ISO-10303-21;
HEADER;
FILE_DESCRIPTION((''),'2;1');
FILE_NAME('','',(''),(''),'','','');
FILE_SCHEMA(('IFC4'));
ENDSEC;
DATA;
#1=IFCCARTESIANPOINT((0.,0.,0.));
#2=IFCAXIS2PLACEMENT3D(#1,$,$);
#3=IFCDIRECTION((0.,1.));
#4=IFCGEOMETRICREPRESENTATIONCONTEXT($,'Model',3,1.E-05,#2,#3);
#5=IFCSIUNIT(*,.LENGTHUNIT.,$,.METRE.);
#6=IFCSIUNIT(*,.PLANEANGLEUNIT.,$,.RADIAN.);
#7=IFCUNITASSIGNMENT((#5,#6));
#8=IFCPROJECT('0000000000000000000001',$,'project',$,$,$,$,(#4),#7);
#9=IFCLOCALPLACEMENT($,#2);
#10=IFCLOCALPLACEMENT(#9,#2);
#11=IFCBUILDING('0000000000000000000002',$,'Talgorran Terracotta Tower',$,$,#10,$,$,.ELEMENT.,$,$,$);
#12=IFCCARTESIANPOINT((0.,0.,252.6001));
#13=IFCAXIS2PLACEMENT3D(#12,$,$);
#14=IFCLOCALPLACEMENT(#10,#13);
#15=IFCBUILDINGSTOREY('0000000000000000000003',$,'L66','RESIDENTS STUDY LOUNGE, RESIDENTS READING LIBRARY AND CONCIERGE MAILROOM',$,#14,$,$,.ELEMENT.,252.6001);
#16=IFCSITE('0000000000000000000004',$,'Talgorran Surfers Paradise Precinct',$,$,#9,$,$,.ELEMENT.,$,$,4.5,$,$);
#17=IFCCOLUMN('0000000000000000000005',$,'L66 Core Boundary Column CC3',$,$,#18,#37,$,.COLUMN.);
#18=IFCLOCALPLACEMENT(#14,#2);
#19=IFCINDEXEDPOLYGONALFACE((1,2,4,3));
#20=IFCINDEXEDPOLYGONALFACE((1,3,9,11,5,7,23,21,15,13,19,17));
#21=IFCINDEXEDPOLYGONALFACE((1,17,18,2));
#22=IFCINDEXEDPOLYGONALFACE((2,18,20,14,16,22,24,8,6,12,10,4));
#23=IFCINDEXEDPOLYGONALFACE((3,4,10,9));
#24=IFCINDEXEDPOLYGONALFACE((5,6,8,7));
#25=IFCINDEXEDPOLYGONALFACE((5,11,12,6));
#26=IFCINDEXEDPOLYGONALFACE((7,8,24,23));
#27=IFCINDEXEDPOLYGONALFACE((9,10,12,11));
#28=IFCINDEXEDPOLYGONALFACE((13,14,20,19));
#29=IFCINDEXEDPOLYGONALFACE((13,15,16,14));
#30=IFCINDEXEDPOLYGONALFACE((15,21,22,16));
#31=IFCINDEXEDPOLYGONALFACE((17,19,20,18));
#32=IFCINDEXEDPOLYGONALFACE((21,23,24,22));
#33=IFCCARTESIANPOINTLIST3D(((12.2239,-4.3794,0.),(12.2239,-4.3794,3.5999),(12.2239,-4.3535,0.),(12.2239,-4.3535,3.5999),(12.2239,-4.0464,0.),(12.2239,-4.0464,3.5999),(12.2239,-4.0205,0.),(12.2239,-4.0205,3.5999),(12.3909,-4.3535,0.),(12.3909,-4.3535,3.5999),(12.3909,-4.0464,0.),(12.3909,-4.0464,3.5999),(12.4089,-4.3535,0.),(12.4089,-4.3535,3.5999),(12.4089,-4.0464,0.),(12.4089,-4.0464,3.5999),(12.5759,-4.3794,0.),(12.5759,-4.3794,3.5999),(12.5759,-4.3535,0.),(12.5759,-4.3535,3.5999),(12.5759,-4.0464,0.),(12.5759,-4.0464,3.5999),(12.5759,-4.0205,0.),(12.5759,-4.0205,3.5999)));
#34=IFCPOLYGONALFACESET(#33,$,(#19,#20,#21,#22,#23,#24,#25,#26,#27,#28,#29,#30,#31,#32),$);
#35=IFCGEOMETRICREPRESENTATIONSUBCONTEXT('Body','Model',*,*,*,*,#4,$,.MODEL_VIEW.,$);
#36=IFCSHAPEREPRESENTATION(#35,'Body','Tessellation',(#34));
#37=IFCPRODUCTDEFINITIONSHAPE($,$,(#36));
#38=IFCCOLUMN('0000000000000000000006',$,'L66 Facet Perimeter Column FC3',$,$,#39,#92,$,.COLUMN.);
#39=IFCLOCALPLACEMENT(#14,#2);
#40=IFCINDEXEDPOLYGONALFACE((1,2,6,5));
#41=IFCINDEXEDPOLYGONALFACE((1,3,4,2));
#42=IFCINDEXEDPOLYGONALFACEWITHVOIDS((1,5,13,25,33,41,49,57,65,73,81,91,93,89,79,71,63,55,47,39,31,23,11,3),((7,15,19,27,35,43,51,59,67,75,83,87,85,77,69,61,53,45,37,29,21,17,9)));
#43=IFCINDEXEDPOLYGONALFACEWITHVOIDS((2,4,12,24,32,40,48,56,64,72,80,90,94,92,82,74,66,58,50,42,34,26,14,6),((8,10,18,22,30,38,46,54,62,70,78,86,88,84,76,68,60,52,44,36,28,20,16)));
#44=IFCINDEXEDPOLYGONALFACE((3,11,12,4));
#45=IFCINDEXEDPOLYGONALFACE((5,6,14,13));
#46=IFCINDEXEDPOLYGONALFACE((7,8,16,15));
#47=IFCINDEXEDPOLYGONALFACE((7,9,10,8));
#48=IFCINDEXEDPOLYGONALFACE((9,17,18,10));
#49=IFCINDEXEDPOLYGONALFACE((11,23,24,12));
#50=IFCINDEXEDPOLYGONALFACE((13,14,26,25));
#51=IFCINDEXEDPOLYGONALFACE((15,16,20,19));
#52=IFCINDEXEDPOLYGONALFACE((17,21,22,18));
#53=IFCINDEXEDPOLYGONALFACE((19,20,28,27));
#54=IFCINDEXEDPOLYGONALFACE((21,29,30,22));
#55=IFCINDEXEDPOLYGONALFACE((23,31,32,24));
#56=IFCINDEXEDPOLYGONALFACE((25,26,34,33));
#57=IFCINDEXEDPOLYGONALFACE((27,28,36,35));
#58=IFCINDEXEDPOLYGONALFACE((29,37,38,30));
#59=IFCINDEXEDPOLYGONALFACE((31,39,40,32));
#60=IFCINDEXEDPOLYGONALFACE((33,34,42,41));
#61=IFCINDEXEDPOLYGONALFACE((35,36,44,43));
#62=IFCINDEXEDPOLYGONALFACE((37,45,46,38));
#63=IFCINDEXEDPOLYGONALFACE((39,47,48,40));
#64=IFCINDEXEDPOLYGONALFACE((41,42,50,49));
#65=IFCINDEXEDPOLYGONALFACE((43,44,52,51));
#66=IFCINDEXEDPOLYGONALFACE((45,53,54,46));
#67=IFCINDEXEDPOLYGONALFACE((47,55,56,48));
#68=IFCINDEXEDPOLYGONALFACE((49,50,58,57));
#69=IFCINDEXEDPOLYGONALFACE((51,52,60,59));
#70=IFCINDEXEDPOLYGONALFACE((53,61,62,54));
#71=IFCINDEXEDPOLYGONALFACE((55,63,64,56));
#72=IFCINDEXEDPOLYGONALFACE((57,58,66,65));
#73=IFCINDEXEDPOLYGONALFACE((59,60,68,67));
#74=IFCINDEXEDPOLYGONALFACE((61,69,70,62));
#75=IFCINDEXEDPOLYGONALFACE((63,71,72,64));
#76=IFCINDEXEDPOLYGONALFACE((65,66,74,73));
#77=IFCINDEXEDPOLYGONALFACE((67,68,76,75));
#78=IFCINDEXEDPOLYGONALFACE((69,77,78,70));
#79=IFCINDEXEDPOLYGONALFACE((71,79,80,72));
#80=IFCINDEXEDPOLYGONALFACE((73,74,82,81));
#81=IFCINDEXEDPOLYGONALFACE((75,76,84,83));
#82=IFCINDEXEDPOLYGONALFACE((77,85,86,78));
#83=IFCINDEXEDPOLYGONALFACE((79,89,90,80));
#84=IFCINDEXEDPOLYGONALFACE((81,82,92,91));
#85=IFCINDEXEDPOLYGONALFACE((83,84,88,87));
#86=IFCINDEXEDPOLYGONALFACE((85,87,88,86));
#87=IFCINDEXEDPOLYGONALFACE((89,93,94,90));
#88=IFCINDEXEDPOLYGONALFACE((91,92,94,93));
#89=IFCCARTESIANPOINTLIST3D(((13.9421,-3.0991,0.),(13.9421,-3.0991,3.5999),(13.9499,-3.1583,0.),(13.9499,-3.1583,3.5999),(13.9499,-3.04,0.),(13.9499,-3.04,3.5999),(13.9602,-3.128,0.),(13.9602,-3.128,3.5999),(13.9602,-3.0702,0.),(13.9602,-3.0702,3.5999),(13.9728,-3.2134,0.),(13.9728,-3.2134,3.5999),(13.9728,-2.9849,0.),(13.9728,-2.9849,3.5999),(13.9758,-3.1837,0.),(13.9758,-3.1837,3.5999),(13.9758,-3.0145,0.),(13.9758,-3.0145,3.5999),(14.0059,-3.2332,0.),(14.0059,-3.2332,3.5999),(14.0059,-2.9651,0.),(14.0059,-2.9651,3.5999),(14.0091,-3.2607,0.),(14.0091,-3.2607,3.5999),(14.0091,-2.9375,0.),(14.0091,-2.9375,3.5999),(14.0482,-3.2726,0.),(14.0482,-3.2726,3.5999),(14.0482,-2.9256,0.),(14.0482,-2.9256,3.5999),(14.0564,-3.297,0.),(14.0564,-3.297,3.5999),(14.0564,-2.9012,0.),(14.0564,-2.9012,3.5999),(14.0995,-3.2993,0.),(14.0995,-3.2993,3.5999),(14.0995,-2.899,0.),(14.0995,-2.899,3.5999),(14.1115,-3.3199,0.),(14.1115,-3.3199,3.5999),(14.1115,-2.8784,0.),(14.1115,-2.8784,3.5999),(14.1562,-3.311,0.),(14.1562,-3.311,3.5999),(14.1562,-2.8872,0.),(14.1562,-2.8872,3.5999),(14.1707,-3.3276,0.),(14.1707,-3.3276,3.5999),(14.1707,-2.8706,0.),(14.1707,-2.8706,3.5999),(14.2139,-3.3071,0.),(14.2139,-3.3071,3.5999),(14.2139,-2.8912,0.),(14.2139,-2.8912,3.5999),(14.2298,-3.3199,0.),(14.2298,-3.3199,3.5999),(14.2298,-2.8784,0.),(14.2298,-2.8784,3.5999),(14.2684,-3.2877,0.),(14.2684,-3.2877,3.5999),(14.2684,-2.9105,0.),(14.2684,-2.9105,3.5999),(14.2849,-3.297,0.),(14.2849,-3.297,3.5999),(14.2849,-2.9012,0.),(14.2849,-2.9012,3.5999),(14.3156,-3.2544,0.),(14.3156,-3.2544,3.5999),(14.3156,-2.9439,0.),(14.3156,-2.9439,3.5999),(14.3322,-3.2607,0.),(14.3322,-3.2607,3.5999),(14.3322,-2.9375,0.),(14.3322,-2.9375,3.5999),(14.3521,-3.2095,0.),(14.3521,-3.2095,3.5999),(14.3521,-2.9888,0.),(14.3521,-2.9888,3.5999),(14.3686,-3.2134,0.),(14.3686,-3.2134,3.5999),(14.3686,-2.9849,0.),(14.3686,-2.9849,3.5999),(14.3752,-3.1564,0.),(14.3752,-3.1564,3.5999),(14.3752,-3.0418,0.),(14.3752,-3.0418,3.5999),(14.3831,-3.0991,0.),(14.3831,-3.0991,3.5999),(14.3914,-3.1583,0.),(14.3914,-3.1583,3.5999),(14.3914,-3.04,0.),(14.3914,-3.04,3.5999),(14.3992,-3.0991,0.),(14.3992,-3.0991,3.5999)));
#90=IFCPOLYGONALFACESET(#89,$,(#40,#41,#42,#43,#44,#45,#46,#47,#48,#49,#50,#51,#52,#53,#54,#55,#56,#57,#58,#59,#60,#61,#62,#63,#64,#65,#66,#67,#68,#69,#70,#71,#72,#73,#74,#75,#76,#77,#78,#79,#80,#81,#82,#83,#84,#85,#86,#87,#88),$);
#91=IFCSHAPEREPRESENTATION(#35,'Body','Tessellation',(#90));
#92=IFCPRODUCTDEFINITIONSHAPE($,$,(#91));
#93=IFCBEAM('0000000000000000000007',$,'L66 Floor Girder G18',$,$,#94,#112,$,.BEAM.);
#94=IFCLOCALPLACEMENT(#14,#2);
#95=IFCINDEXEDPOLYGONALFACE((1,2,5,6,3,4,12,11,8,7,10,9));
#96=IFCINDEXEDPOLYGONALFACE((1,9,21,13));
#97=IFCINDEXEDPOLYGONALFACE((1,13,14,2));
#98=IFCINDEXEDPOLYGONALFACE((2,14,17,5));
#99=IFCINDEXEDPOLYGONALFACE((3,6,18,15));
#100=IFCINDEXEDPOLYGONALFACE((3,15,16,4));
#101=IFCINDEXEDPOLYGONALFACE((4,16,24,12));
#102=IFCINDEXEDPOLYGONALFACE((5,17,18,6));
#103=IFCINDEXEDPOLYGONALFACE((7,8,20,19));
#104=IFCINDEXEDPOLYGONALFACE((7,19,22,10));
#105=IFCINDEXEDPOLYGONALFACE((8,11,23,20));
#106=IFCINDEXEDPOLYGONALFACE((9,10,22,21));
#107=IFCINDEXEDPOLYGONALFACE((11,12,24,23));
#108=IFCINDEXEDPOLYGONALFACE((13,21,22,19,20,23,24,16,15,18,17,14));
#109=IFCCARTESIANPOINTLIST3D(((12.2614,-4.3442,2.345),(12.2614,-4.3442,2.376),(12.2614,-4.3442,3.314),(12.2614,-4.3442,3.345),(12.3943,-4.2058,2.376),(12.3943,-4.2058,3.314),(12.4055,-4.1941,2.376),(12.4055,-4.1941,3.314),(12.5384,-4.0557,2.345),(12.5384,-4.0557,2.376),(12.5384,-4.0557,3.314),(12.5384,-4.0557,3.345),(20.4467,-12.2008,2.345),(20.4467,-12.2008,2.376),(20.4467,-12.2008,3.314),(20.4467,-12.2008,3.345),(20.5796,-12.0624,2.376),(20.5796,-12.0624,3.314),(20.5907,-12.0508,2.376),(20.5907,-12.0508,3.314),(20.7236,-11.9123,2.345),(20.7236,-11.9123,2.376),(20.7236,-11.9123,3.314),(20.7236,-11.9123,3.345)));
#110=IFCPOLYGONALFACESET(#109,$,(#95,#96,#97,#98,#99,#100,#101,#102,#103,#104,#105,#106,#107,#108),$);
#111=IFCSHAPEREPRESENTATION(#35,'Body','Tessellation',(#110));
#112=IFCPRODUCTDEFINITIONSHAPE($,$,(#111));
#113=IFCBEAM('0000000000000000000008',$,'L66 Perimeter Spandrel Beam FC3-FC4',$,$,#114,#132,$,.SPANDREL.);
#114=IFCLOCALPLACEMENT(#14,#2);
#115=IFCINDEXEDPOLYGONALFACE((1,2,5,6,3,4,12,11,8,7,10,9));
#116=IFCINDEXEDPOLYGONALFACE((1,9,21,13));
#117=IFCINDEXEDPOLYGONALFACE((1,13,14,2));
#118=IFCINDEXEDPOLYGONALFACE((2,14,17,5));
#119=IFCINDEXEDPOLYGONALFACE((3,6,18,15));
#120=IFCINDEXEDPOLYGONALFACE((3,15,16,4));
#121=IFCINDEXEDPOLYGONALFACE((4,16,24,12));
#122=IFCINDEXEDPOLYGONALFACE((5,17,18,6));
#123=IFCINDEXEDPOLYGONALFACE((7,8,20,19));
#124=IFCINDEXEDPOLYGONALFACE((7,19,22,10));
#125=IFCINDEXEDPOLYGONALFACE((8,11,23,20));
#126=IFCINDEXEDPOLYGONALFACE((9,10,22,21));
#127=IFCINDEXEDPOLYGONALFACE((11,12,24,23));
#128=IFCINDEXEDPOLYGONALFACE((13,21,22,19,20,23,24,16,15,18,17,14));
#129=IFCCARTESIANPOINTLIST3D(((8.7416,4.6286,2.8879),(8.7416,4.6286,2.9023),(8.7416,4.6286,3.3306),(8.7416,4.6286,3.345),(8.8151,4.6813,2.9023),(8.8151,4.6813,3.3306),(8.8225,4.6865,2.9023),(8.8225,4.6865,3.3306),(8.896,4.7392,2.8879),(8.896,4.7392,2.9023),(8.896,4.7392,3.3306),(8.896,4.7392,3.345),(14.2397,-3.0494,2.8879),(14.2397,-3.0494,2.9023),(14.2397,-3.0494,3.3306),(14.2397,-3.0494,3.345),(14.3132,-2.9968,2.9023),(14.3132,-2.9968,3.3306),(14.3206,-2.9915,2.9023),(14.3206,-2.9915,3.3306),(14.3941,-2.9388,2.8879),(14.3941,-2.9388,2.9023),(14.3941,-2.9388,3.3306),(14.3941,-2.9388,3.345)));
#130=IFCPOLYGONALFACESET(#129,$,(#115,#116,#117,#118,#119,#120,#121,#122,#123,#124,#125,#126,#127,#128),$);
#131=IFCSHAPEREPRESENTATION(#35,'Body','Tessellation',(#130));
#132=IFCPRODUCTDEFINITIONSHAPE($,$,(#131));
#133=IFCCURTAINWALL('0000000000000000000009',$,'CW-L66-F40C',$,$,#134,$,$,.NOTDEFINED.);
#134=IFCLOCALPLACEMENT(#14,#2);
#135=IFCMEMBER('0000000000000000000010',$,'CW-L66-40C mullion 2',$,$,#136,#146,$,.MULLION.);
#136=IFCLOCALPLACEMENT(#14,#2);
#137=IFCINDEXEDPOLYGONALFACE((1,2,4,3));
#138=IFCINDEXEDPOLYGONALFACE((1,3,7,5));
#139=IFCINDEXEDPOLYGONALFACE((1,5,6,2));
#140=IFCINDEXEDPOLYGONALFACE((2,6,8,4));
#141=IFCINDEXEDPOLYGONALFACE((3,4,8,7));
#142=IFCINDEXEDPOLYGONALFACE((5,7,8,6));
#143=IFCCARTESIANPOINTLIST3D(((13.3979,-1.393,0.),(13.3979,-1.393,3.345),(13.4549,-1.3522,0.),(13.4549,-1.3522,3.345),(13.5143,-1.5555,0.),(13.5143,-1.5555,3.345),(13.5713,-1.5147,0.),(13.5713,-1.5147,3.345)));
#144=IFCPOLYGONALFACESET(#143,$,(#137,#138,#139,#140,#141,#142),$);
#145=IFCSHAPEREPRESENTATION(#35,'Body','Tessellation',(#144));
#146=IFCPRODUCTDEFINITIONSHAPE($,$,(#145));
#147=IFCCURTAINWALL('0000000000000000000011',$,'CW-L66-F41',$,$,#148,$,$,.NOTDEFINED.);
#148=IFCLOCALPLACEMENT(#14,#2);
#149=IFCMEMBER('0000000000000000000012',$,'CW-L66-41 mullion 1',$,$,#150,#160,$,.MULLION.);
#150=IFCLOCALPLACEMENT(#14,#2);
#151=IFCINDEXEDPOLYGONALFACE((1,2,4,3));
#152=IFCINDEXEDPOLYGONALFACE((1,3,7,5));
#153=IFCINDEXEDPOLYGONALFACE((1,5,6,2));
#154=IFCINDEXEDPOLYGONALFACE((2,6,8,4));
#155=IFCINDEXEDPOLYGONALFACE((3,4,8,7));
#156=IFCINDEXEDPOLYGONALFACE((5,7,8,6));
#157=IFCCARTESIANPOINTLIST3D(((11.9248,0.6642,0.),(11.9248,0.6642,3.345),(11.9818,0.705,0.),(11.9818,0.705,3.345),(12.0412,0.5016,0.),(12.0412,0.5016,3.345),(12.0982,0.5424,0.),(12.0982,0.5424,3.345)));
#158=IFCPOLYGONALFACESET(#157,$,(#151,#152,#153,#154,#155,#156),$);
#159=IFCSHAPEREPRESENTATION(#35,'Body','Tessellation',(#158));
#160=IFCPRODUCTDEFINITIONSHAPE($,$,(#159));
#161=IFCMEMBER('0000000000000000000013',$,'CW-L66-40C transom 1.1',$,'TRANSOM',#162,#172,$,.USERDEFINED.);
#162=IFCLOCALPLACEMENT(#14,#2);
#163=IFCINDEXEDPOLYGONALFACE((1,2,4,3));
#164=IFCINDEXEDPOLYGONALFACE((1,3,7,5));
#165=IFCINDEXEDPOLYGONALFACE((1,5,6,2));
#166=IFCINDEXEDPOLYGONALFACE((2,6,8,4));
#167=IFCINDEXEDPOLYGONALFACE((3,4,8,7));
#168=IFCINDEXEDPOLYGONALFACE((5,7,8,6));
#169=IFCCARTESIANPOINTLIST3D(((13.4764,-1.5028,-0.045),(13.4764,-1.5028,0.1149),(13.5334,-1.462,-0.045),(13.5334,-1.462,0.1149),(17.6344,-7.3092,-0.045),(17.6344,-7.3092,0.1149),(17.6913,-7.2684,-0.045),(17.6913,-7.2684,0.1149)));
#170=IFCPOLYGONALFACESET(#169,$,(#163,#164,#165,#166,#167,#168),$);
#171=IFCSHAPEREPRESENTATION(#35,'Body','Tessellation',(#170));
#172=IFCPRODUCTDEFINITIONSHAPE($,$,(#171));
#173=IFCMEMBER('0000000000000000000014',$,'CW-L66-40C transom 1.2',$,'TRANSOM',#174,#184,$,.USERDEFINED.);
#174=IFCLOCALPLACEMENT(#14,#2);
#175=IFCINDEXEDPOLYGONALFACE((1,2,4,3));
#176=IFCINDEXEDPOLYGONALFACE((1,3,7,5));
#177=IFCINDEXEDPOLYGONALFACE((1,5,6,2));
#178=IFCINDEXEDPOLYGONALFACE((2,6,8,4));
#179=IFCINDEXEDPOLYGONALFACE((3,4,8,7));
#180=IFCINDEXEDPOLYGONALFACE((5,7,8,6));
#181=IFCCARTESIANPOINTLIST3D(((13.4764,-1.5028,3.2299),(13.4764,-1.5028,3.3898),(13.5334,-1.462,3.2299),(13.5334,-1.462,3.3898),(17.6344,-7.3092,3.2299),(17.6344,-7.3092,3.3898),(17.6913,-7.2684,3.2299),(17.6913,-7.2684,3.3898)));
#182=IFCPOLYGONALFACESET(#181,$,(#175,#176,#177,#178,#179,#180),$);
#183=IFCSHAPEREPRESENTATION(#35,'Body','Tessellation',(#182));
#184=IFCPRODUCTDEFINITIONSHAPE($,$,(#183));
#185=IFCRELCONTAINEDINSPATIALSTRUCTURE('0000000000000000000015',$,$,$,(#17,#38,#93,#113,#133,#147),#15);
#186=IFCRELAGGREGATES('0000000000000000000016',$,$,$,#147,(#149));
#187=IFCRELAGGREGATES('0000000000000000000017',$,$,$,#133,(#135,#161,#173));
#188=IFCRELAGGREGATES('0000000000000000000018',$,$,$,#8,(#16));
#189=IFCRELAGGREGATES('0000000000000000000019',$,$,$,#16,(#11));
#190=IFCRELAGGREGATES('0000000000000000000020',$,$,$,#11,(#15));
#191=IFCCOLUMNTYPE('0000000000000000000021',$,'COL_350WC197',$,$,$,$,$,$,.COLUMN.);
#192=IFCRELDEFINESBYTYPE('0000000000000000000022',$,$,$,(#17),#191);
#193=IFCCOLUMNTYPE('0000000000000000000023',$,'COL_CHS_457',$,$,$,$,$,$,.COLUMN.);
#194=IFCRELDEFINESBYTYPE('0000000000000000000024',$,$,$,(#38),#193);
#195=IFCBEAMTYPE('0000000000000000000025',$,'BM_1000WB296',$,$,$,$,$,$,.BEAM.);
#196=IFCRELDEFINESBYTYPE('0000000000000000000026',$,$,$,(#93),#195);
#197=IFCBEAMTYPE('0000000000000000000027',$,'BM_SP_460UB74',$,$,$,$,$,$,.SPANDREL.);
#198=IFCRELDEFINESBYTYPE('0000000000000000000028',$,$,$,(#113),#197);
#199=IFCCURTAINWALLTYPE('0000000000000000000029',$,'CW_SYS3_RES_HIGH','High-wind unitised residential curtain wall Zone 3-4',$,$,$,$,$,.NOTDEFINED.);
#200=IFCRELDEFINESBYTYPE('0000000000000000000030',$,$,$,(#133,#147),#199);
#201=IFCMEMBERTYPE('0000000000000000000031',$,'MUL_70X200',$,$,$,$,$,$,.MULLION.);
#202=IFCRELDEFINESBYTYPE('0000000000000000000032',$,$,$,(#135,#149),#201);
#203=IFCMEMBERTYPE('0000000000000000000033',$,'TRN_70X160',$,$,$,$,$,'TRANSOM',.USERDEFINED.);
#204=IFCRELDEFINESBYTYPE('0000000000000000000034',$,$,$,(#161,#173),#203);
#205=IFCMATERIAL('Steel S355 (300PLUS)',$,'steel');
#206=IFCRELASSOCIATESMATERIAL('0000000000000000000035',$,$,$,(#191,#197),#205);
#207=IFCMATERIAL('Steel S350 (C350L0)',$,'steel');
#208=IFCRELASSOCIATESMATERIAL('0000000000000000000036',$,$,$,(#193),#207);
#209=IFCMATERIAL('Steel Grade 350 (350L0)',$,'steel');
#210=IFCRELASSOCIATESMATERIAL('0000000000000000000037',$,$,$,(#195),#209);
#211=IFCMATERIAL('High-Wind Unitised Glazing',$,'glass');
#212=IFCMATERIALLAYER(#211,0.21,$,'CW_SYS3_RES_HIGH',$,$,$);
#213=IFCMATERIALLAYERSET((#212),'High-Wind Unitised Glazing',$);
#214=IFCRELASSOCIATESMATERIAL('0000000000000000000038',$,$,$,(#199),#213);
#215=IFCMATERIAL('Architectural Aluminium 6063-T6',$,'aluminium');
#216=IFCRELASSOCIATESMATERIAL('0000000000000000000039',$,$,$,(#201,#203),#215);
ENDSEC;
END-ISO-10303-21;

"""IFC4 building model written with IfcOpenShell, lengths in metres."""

from ifc_helpers import new_model, si_unit, direction, frame, origin, origin_2d, place, context, subcontext, project, spatial, rectangle, hollow_circle, i_section, extrude, material, layer, layer_set, material_profile, profile_set, type_object, element, aggregate, save


model = new_model("IFC4")

# Units and contexts
model_context = context("Model", 3, precision=1e-05, world=origin(), true_north=direction((0.0, 1.0)))
body_context = subcontext(model_context, "Body", "Model", "MODEL_VIEW")
ifc_project = project(units=[si_unit("LENGTHUNIT", "METRE"), si_unit("PLANEANGLEUNIT", "RADIAN")], contexts=[model_context])

# Site, building, storey
site_placement = place(None, origin())
site = spatial("IfcSite", under=ifc_project, at=site_placement, Name="Talgorran Surfers Paradise Precinct", CompositionType="ELEMENT", RefElevation=4.5)
building_placement = place(site_placement, origin())
building = spatial("IfcBuilding", under=site, at=building_placement, Name="Talgorran Terracotta Tower", CompositionType="ELEMENT")
storey_placement = place(building_placement, frame((0.0, 0.0, 252.6001)))
storey = spatial("IfcBuildingStorey", under=building, at=storey_placement, Name="L66", Description="RESIDENTS STUDY LOUNGE, RESIDENTS READING LIBRARY AND CONCIERGE MAILROOM", CompositionType="ELEMENT", Elevation=252.6001)

# Columns
ifc_material_1 = material(Name="Steel S355 (300PLUS)", Category="steel")
ifc_material_profile_1 = material_profile(ifc_material_1, i_section(OverallWidth=0.3521, OverallDepth=0.3589, WebThickness=0.0181, FlangeThickness=0.0259, at=origin_2d()), Name="350WC197")
ifc_profile_set_1 = profile_set([ifc_material_profile_1], Name="Steel S355 (300PLUS)")
column_type_1 = type_object("IfcColumnType", Name="COL_350WC197", PredefinedType="COLUMN", material=ifc_profile_set_1)
column_1_placement = place(storey_placement, frame((12.3999, -4.2, 0.0), z_axis=(0.0, 0.0, 1.0), x_axis=(1.0, 0.0, 0.0)))
element("IfcColumn", 1, at=column_1_placement, inside=storey, type_object=column_type_1, Name="L66 Core Boundary Column CC3", PredefinedType="COLUMN", context=body_context, shape_type="SweptSolid", body=[
    extrude(i_section(OverallWidth=0.3521, OverallDepth=0.3589, WebThickness=0.0181, FlangeThickness=0.0259, at=origin_2d()), origin(), (0.0, 0.0, 1.0), 3.5999),
])
ifc_material_2 = material(Name="Steel S350 (C350L0)", Category="steel")
ifc_material_profile_2 = material_profile(ifc_material_2, hollow_circle(Radius=0.2285, WallThickness=0.0161, at=origin_2d()), Name="CHS457X16")
ifc_profile_set_2 = profile_set([ifc_material_profile_2], Name="Steel S350 (C350L0)")
column_type_2 = type_object("IfcColumnType", Name="COL_CHS_457", PredefinedType="COLUMN", material=ifc_profile_set_2)
column_2_placement = place(storey_placement, frame((14.1707, -3.0991, 0.0), z_axis=(0.0, 0.0, 1.0), x_axis=(1.0, 0.0, 0.0)))
element("IfcColumn", 2, at=column_2_placement, inside=storey, type_object=column_type_2, Name="L66 Facet Perimeter Column FC3", PredefinedType="COLUMN", context=body_context, shape_type="SweptSolid", body=[
    extrude(hollow_circle(Radius=0.2285, WallThickness=0.0161, at=origin_2d()), origin(), (0.0, 0.0, 1.0), 3.5999),
])

# Beams
ifc_material_3 = material(Name="Steel Grade 350 (350L0)", Category="steel")
ifc_material_profile_3 = material_profile(ifc_material_3, i_section(OverallWidth=0.3999, OverallDepth=1.0, WebThickness=0.0161, FlangeThickness=0.031, at=origin_2d()), Name="1000WB296")
ifc_profile_set_3 = profile_set([ifc_material_profile_3], Name="Steel Grade 350 (350L0)")
beam_type_1 = type_object("IfcBeamType", Name="BM_1000WB296", PredefinedType="BEAM", material=ifc_profile_set_3)
beam_1_placement = place(storey_placement, frame((12.3999, -4.2, 2.845), z_axis=(0.72144, -0.692477, 0.0), x_axis=(0.692477, 0.72144, 0.0)))
element("IfcBeam", 3, at=beam_1_placement, inside=storey, type_object=beam_type_1, Name="L66 Floor Girder G18", PredefinedType="BEAM", context=body_context, shape_type="SweptSolid", body=[
    extrude(i_section(OverallWidth=0.3999, OverallDepth=1.0, WebThickness=0.0161, FlangeThickness=0.031, at=origin_2d()), origin(), (0.0, 0.0, 1.0), 11.3457),
])
ifc_material_profile_4 = material_profile(ifc_material_1, i_section(OverallWidth=0.1899, OverallDepth=0.457, WebThickness=0.009, FlangeThickness=0.0144, at=origin_2d()), Name="460UB74.6")
ifc_profile_set_4 = profile_set([ifc_material_profile_4], Name="Steel S355 (300PLUS)")
beam_type_2 = type_object("IfcBeamType", Name="BM_SP_460UB74", PredefinedType="SPANDREL", material=ifc_profile_set_4)
beam_2_placement = place(storey_placement, frame((14.3169, -2.9941, 3.1165), z_axis=(-0.582204, 0.813043, 0.0), x_axis=(-0.813043, -0.582204, 0.0)))
element("IfcBeam", 4, at=beam_2_placement, inside=storey, type_object=beam_type_2, Name="L66 Perimeter Spandrel Beam FC3-FC4", PredefinedType="SPANDREL", context=body_context, shape_type="SweptSolid", body=[
    extrude(i_section(OverallWidth=0.1899, OverallDepth=0.457, WebThickness=0.009, FlangeThickness=0.0144, at=origin_2d()), origin(), (0.0, 0.0, 1.0), 9.4436),
])

# Curtain walls, members
ifc_material_4 = material(Name="High-Wind Unitised Glazing", Category="glass")
ifc_layer_1 = layer(ifc_material_4, 0.21, Name="CW_SYS3_RES_HIGH")
ifc_layer_set_1 = layer_set([ifc_layer_1], Name="High-Wind Unitised Glazing")
curtain_wall_type = type_object("IfcCurtainWallType", Name="CW_SYS3_RES_HIGH", Description="High-wind unitised residential curtain wall Zone 3-4", PredefinedType="NOTDEFINED", material=ifc_layer_set_1)
curtain_wall_1_placement = place(storey_placement, origin())
curtain_wall_1 = element("IfcCurtainWall", 5, at=curtain_wall_1_placement, inside=storey, type_object=curtain_wall_type, Name="CW-L66-F40C", PredefinedType="NOTDEFINED")
ifc_material_5 = material(Name="Architectural Aluminium 6063-T6", Category="aluminium")
ifc_material_profile_5 = material_profile(ifc_material_5, rectangle(XDim=0.0701, YDim=0.2, at=origin_2d()), Name="CWM70X200")
ifc_profile_set_5 = profile_set([ifc_material_profile_5], Name="Architectural Aluminium 6063-T6")
member_type_1 = type_object("IfcMemberType", Name="MUL_70X200", PredefinedType="MULLION", material=ifc_profile_set_5)
member_1_placement = place(storey_placement, frame((13.4846, -1.4539, 0.0), z_axis=(0.0, 0.0, 1.0), x_axis=(-0.813043, -0.582203, 0.0)))
member_1 = element("IfcMember", 6, at=member_1_placement, type_object=member_type_1, Name="CW-L66-40C mullion 2", PredefinedType="MULLION", context=body_context, shape_type="SweptSolid", body=[
    extrude(rectangle(XDim=0.0701, YDim=0.2, at=origin_2d()), origin(), (0.0, 0.0, 1.0), 3.345),
])
curtain_wall_2_placement = place(storey_placement, origin())
curtain_wall_2 = element("IfcCurtainWall", 7, at=curtain_wall_2_placement, inside=storey, type_object=curtain_wall_type, Name="CW-L66-F41", PredefinedType="NOTDEFINED")
member_2_placement = place(storey_placement, frame((12.0115, 0.6033, 0.0), z_axis=(0.0, 0.0, 1.0), x_axis=(-0.813041, -0.582206, 0.0)))
member_2 = element("IfcMember", 8, at=member_2_placement, type_object=member_type_1, Name="CW-L66-41 mullion 1", PredefinedType="MULLION", context=body_context, shape_type="SweptSolid", body=[
    extrude(rectangle(XDim=0.0701, YDim=0.2, at=origin_2d()), origin(), (0.0, 0.0, 1.0), 3.345),
])

# Members
ifc_material_profile_6 = material_profile(ifc_material_5, rectangle(XDim=0.0701, YDim=0.1599, at=origin_2d()), Name="CWT70X160")
ifc_profile_set_6 = profile_set([ifc_material_profile_6], Name="Architectural Aluminium 6063-T6")
member_type_2 = type_object("IfcMemberType", Name="TRN_70X160", ElementType="TRANSOM", PredefinedType="USERDEFINED", material=ifc_profile_set_6)
member_3_placement = place(storey_placement, frame((17.6628, -7.2888, 0.0349), z_axis=(-0.582214, 0.813035, 0.0), x_axis=(-0.813035, -0.582214, 0.0)))
member_3 = element("IfcMember", 9, at=member_3_placement, type_object=member_type_2, Name="CW-L66-40C transom 1.1", ObjectType="TRANSOM", PredefinedType="USERDEFINED", context=body_context, shape_type="SweptSolid", body=[
    extrude(rectangle(XDim=0.0701, YDim=0.1599, at=origin_2d()), origin(), (0.0, 0.0, 1.0), 7.1416),
])
member_4_placement = place(storey_placement, frame((17.6628, -7.2888, 3.3098), z_axis=(-0.582214, 0.813035, 0.0), x_axis=(-0.813035, -0.582214, 0.0)))
member_4 = element("IfcMember", 10, at=member_4_placement, type_object=member_type_2, Name="CW-L66-40C transom 1.2", ObjectType="TRANSOM", PredefinedType="USERDEFINED", context=body_context, shape_type="SweptSolid", body=[
    extrude(rectangle(XDim=0.0701, YDim=0.1599, at=origin_2d()), origin(), (0.0, 0.0, 1.0), 7.1416),
])
aggregate(curtain_wall_2, [member_2])

aggregate(curtain_wall_1, [member_1, member_3, member_4])

save(model, "model.ifc")
